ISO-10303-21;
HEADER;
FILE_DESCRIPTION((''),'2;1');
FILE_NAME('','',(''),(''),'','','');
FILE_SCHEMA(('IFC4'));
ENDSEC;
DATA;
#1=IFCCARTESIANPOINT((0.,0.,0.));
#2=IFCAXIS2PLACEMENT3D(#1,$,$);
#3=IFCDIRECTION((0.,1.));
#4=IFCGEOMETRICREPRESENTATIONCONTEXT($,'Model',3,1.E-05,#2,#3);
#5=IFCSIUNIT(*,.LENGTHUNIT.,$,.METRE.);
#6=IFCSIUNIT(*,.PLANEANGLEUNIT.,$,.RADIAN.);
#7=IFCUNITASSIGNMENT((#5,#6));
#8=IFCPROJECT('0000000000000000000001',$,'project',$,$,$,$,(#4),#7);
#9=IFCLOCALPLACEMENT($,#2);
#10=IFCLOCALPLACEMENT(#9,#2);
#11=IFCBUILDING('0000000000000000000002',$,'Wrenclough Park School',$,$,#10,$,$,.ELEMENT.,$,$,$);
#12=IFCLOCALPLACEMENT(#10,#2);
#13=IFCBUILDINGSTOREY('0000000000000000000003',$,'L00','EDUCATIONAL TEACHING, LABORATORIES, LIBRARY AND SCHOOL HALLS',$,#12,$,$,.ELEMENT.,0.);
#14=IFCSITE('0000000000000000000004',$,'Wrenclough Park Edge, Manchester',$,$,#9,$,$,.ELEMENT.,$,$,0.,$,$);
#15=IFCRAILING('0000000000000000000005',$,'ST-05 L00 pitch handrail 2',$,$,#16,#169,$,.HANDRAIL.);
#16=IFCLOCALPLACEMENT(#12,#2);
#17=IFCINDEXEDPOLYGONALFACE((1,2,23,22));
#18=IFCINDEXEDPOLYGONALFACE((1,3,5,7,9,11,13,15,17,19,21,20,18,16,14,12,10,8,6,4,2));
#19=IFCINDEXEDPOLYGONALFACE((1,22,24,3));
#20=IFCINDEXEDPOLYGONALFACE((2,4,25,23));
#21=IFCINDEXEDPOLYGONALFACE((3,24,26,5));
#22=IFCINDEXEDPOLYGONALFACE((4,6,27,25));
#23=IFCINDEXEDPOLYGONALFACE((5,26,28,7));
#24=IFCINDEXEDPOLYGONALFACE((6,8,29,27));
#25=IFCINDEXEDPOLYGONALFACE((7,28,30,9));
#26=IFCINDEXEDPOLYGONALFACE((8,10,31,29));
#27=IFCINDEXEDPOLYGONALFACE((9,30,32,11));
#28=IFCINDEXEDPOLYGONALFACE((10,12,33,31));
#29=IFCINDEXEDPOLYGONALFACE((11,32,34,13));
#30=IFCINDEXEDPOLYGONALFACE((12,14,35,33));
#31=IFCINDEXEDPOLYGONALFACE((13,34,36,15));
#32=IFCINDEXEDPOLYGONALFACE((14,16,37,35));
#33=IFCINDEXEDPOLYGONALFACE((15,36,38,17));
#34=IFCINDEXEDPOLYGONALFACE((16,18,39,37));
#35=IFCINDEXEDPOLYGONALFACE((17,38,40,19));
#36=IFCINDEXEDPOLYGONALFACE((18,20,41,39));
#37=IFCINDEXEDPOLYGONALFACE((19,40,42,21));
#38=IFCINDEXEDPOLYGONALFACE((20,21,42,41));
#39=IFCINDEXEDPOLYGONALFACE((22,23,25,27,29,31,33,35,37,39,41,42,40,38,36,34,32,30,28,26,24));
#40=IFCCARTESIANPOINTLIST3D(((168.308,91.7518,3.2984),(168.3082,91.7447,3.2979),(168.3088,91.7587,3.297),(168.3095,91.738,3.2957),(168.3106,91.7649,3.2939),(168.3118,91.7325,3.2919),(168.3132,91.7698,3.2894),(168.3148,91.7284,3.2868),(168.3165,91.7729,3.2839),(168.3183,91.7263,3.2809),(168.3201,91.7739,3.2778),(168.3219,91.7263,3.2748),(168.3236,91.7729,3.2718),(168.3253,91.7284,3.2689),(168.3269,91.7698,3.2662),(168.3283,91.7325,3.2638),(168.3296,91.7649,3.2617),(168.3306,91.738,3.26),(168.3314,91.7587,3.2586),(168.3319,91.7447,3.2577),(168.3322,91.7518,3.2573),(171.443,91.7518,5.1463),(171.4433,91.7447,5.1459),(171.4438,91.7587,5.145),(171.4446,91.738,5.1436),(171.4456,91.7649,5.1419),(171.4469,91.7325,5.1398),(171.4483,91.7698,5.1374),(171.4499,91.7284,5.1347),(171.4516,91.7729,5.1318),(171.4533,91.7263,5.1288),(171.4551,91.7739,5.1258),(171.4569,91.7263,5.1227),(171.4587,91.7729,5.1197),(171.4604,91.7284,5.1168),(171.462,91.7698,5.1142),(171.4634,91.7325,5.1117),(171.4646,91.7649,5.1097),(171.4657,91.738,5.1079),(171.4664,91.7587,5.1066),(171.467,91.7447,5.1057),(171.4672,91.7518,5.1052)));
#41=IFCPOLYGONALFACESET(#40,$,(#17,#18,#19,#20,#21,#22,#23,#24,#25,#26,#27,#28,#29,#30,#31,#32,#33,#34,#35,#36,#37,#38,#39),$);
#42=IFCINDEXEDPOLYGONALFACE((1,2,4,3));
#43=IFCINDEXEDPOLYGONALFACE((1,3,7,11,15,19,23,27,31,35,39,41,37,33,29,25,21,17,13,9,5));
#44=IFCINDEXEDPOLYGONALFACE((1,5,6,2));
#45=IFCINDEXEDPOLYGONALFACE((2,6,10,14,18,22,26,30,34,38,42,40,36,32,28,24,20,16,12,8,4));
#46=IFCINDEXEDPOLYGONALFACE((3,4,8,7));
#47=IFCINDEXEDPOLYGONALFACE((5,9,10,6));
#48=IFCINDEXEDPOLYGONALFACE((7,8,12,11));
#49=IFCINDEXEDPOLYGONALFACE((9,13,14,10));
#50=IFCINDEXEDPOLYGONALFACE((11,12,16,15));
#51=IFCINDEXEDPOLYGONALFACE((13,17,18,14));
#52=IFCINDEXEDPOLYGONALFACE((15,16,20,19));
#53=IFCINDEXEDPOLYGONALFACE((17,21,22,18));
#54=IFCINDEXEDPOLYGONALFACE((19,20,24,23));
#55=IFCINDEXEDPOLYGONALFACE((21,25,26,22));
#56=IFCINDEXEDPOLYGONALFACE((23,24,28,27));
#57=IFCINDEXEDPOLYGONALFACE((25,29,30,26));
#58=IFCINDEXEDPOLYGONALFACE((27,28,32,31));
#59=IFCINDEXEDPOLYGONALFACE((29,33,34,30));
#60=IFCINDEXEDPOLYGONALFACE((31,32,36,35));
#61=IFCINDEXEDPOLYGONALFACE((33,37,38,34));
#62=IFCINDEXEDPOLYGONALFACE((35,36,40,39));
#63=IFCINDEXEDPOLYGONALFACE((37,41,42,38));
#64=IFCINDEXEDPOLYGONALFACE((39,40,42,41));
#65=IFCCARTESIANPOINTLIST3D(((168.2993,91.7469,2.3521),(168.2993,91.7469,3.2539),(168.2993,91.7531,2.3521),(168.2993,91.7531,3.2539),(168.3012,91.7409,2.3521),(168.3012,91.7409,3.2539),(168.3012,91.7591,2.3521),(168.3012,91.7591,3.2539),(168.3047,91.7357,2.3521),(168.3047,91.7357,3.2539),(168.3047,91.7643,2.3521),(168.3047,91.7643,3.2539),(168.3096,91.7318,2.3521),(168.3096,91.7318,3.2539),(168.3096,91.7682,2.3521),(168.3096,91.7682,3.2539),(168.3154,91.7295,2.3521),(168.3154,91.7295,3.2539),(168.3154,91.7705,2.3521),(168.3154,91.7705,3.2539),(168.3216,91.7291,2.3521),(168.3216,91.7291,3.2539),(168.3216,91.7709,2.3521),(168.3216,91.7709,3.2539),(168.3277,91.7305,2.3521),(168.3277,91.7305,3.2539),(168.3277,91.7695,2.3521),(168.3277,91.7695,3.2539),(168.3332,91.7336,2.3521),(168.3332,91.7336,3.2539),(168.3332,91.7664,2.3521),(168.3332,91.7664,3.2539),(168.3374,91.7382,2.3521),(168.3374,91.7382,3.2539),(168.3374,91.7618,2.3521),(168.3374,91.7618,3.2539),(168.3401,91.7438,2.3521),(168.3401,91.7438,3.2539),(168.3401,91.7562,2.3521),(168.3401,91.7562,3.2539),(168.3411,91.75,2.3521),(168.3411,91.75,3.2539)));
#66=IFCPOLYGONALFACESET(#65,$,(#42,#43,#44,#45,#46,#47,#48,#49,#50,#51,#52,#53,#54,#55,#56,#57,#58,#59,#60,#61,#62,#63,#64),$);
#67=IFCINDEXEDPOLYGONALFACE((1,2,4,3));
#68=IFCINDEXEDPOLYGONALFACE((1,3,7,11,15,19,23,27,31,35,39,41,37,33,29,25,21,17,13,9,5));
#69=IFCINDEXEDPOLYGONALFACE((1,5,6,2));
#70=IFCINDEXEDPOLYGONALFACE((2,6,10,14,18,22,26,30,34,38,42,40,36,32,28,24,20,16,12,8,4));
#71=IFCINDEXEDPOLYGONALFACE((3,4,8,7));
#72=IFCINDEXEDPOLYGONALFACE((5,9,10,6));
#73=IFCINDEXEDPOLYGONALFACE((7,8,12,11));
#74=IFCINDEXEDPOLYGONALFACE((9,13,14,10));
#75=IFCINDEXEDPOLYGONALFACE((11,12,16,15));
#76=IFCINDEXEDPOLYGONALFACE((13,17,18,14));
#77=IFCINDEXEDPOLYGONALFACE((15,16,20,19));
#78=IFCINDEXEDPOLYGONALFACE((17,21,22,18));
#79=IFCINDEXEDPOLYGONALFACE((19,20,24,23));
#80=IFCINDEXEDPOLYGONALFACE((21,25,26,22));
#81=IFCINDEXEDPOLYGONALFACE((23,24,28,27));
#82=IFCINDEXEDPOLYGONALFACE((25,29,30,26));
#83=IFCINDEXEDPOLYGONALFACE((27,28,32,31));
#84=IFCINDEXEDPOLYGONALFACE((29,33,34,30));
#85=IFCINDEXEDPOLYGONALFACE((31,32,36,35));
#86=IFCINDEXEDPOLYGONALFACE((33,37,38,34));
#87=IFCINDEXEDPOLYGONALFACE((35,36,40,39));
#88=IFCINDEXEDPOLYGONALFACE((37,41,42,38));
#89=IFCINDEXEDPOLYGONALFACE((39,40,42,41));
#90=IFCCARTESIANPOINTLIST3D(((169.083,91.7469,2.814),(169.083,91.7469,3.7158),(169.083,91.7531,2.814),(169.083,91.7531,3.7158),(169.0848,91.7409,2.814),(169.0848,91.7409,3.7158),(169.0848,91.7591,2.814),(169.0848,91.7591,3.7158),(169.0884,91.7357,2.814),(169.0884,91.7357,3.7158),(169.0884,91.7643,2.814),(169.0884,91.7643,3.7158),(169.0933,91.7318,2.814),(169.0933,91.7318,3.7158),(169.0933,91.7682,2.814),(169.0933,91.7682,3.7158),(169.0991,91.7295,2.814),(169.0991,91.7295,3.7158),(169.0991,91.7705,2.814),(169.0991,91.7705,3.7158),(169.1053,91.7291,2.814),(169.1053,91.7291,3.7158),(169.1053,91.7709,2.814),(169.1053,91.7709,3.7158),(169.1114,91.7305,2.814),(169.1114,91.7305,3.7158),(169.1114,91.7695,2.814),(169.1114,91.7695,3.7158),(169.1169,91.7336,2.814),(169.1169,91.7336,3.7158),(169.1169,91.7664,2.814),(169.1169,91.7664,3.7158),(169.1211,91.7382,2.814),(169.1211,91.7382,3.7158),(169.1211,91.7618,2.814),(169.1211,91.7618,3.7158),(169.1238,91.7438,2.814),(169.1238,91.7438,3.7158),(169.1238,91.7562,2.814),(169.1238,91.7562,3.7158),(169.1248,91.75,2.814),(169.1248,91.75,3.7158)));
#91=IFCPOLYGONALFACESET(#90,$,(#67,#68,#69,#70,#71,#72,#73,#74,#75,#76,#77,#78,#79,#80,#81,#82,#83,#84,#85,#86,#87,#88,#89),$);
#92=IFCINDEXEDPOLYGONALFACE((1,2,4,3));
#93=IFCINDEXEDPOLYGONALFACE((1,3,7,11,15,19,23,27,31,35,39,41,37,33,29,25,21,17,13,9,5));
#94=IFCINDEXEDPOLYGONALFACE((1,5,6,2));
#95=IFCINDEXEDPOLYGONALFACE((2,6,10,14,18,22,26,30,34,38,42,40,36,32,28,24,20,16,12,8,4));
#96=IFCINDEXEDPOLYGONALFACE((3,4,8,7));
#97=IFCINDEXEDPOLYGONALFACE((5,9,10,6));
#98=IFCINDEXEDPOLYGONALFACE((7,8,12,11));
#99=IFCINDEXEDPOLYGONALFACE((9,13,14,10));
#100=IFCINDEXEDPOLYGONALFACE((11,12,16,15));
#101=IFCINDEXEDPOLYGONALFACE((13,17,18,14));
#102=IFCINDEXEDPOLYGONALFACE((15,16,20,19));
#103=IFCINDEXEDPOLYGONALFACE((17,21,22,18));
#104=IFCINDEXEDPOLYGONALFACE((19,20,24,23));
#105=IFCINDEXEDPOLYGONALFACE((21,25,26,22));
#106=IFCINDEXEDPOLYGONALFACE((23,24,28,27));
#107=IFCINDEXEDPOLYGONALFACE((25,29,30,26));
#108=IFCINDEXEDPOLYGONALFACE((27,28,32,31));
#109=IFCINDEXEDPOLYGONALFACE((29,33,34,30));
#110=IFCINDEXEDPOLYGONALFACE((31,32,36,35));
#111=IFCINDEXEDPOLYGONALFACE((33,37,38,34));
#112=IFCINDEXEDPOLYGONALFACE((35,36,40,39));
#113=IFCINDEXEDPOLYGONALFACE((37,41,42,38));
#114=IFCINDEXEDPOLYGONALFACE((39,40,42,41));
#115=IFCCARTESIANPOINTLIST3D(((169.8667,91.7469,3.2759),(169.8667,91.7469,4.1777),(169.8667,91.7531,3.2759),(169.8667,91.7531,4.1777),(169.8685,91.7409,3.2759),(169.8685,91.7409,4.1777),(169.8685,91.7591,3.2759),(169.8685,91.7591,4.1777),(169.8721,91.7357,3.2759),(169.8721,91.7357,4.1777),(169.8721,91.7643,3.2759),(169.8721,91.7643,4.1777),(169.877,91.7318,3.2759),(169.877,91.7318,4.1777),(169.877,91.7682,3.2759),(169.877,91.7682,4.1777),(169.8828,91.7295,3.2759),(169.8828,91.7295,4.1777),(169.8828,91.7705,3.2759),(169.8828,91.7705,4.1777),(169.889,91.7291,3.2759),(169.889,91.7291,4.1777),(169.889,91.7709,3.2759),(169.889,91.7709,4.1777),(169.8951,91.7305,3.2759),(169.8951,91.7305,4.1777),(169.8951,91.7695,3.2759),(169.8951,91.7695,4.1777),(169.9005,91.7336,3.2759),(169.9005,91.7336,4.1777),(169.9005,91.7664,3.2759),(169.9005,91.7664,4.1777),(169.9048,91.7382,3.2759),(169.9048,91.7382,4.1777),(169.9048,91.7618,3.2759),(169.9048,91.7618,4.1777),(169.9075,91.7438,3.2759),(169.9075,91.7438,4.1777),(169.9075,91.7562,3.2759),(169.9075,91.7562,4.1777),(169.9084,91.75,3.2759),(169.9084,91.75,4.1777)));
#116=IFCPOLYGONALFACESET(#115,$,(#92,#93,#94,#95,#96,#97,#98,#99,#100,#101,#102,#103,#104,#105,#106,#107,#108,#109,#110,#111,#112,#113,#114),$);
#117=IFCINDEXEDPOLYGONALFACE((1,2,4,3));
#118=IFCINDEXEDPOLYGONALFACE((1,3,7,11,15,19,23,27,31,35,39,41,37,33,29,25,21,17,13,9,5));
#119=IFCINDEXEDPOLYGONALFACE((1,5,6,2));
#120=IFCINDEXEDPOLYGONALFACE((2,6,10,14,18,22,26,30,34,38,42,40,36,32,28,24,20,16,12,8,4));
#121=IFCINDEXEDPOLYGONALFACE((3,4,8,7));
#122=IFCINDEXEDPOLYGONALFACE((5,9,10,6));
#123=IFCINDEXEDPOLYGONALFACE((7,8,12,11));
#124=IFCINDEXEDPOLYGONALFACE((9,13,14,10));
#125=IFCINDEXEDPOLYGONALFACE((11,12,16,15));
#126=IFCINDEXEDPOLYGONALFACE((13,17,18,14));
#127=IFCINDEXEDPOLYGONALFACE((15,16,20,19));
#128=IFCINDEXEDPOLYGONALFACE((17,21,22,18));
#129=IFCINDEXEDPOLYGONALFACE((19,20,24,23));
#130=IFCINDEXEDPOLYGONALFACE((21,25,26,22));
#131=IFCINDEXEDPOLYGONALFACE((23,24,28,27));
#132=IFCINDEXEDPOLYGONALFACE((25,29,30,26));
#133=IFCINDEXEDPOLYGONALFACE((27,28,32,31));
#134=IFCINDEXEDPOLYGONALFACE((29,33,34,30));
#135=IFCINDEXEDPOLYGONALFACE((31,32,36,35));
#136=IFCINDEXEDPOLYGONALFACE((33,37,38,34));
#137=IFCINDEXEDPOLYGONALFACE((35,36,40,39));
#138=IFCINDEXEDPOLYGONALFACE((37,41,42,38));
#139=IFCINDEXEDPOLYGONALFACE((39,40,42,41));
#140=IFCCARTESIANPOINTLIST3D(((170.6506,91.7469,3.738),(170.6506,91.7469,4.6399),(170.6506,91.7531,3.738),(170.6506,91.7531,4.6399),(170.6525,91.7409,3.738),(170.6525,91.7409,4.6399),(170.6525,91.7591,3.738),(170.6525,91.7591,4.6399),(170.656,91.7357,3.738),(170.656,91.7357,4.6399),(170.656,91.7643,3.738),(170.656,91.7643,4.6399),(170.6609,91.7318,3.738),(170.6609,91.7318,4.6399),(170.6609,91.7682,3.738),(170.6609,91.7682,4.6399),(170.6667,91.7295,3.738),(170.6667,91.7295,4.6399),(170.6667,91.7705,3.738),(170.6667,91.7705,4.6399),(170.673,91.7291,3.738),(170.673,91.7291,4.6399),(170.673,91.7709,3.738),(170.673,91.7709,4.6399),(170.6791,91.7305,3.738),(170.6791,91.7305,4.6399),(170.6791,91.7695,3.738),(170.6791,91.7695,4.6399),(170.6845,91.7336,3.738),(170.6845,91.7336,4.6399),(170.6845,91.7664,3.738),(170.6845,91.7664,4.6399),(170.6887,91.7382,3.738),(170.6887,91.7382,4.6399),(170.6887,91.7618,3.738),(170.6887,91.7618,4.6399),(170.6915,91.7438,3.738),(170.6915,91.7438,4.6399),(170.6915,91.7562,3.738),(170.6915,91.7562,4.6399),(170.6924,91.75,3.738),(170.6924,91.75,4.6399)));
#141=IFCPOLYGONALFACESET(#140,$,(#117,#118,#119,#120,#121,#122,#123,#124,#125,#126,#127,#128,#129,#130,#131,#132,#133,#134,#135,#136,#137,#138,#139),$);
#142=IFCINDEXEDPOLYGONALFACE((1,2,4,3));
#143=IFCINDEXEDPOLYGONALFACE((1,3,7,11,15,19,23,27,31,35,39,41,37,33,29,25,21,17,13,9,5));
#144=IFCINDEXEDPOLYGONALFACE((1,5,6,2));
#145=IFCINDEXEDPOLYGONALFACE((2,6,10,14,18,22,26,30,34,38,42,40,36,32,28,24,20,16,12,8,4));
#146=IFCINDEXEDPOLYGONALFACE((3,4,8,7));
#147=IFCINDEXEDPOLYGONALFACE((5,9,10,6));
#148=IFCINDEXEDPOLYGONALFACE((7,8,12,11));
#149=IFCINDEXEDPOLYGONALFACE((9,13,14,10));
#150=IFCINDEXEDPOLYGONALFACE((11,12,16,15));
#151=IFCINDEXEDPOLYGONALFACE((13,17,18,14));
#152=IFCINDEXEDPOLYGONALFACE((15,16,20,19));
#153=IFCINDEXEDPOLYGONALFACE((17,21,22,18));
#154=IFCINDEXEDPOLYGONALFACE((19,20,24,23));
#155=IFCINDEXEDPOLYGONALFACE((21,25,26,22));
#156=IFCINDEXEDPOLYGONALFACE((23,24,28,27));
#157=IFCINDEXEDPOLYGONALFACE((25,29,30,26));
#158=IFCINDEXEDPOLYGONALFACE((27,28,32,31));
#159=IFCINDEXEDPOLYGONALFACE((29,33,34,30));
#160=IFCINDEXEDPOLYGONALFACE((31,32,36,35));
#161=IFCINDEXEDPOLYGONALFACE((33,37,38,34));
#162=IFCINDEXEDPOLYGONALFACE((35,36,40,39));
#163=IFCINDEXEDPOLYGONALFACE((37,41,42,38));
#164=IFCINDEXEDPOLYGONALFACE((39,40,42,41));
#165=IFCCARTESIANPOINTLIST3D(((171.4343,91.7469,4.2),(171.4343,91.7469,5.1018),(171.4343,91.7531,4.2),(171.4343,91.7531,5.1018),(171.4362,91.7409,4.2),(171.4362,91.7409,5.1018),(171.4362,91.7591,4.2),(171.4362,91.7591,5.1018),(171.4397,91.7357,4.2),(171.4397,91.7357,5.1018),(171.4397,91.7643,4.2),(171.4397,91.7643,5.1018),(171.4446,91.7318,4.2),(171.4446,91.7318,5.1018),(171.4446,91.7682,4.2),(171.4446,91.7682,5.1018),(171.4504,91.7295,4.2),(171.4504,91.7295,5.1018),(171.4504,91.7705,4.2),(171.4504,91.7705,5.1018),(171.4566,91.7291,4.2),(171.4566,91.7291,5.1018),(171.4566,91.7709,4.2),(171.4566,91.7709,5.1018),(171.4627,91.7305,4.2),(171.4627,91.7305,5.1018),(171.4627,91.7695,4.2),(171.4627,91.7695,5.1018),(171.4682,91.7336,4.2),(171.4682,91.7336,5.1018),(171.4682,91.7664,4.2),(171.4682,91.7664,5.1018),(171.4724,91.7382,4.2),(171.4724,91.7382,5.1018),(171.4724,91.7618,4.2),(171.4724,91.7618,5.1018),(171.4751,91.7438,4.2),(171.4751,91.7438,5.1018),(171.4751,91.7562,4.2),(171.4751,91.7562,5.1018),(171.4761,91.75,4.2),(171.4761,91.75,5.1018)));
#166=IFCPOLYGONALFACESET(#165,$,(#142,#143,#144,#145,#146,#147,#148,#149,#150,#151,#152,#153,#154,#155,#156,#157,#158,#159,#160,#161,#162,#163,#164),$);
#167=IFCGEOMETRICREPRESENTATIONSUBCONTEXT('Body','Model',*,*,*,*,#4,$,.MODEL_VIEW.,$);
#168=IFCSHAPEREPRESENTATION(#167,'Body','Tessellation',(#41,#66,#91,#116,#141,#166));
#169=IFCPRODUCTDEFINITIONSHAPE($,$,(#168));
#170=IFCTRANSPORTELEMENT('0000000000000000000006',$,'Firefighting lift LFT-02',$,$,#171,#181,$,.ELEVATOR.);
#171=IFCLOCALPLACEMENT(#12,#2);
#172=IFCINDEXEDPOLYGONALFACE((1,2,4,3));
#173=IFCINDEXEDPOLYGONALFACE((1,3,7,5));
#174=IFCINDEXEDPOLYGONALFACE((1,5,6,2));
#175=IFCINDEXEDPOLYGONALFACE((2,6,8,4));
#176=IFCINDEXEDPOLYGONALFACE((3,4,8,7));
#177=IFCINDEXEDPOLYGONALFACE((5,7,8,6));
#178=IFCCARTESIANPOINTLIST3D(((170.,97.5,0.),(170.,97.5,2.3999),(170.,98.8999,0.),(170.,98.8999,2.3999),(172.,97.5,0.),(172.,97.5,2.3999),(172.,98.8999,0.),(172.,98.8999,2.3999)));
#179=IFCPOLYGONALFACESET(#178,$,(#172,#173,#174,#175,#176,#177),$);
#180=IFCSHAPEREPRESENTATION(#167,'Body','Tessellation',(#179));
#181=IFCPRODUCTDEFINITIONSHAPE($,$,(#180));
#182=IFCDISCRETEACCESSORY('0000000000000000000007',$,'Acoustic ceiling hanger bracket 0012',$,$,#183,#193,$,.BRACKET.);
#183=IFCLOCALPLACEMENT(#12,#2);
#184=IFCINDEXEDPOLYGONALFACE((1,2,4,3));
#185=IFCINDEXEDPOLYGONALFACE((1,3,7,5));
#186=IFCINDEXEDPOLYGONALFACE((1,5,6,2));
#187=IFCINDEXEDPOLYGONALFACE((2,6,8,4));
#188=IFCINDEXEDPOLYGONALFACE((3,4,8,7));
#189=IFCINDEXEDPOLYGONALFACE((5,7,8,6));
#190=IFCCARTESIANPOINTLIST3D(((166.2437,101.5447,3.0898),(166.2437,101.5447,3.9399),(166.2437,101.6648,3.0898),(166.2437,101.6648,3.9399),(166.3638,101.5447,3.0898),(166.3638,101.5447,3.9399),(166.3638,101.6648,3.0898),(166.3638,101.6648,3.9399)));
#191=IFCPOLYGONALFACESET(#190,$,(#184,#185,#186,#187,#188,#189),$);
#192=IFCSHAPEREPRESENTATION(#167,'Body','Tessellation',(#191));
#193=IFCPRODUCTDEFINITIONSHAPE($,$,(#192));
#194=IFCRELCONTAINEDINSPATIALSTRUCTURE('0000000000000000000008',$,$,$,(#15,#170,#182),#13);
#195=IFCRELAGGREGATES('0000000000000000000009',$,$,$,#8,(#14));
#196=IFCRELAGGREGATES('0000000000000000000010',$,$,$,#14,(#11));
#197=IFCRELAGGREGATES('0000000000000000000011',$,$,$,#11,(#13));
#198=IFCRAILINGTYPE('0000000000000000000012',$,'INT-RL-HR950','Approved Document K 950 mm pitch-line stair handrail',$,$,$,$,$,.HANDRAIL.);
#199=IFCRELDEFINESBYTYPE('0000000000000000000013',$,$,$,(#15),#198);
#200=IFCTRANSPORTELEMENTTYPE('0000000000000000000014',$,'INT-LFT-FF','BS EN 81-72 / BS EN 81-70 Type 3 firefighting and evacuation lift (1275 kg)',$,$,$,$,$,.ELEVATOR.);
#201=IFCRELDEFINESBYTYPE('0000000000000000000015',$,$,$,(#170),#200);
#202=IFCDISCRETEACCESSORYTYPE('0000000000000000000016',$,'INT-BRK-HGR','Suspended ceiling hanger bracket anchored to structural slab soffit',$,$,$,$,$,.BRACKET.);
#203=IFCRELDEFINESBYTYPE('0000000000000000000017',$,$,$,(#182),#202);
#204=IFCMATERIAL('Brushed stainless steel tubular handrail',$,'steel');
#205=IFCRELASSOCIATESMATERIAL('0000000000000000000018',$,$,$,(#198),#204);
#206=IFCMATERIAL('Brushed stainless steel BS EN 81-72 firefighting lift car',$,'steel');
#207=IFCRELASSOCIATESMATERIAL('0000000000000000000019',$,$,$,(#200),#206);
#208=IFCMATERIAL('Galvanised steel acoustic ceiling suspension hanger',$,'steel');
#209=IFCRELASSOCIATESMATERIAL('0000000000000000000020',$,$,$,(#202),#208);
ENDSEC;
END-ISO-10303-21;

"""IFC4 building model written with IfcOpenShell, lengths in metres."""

from ifc_helpers import new_model, si_unit, direction, frame, origin, origin_2d, place, context, subcontext, project, spatial, rectangle, circle, extrude, material, type_object, element, save


model = new_model("IFC4")

# Units and contexts
model_context = context("Model", 3, precision=1e-05, world=origin(), true_north=direction((0.0, 1.0)))
body_context = subcontext(model_context, "Body", "Model", "MODEL_VIEW")
ifc_project = project(units=[si_unit("LENGTHUNIT", "METRE"), si_unit("PLANEANGLEUNIT", "RADIAN")], contexts=[model_context])

# Site, building, storey
site_placement = place(None, origin())
site = spatial("IfcSite", under=ifc_project, at=site_placement, Name="Wrenclough Park Edge, Manchester", CompositionType="ELEMENT", RefElevation=0.0)
building_placement = place(site_placement, origin())
building = spatial("IfcBuilding", under=site, at=building_placement, Name="Wrenclough Park School", CompositionType="ELEMENT")
storey_placement = place(building_placement, origin())
storey = spatial("IfcBuildingStorey", under=building, at=storey_placement, Name="L00", Description="EDUCATIONAL TEACHING, LABORATORIES, LIBRARY AND SCHOOL HALLS", CompositionType="ELEMENT", Elevation=0.0)

# Railing
ifc_material_1 = material(Name="Brushed stainless steel tubular handrail", Category="steel")
railing_type_1 = type_object("IfcRailingType", Name="INT-RL-HR950", Description="Approved Document K 950 mm pitch-line stair handrail", PredefinedType="HANDRAIL", material=ifc_material_1)
railing_1_placement = place(storey_placement, frame((168.3201, 91.75, 2.3521)))
element("IfcRailing", 1, at=railing_1_placement, inside=storey, type_object=railing_type_1, Name="ST-05 L00 pitch handrail 2", PredefinedType="HANDRAIL", context=body_context, shape_type="SweptSolid", body=[
    extrude(circle(Radius=0.0239, at=origin_2d()), frame((0.0, 0.0, 0.9258), z_axis=(0.86148, 0.0, 0.507791), x_axis=(0.0, 1.0, 0.0)), (0.0, 0.0, 1.0), 3.6392),
    extrude(circle(Radius=0.021, at=origin_2d()), origin(), (0.0, 0.0, 1.0), 0.9019),
    extrude(circle(Radius=0.021, at=origin_2d()), frame((0.7837, 0.0, 0.4619)), (0.0, 0.0, 1.0), 0.9019),
    extrude(circle(Radius=0.021, at=origin_2d()), frame((1.5674, 0.0, 0.9238)), (0.0, 0.0, 1.0), 0.9019),
    extrude(circle(Radius=0.021, at=origin_2d()), frame((2.3513, 0.0, 1.386)), (0.0, 0.0, 1.0), 0.9019),
    extrude(circle(Radius=0.021, at=origin_2d()), frame((3.135, 0.0, 1.8479)), (0.0, 0.0, 1.0), 0.9019),
])

# Transport element
ifc_material_2 = material(Name="Brushed stainless steel BS EN 81-72 firefighting lift car", Category="steel")
transport_element_type = type_object("IfcTransportElementType", Name="INT-LFT-FF", Description="BS EN 81-72 / BS EN 81-70 Type 3 firefighting and evacuation lift (1275 kg)", PredefinedType="ELEVATOR", material=ifc_material_2)
transport_element_placement = place(storey_placement, frame((171.0, 98.2, 0.0), z_axis=(0.0, 0.0, 1.0), x_axis=(1.0, 0.0, 0.0)))
element("IfcTransportElement", 2, at=transport_element_placement, inside=storey, type_object=transport_element_type, Name="Firefighting lift LFT-02", PredefinedType="ELEVATOR", context=body_context, shape_type="SweptSolid", body=[
    extrude(rectangle(XDim=2.0, YDim=1.3999, at=origin_2d()), origin(), (0.0, 0.0, 1.0), 2.3999),
])

# Discrete accessory
ifc_material_3 = material(Name="Galvanised steel acoustic ceiling suspension hanger", Category="steel")
discrete_accessory_type = type_object("IfcDiscreteAccessoryType", Name="INT-BRK-HGR", Description="Suspended ceiling hanger bracket anchored to structural slab soffit", PredefinedType="BRACKET", material=ifc_material_3)
discrete_accessory_placement = place(storey_placement, frame((166.3037, 101.6047, 3.0898), z_axis=(0.0, 0.0, 1.0), x_axis=(1.0, 0.0, 0.0)))
element("IfcDiscreteAccessory", 3, at=discrete_accessory_placement, inside=storey, type_object=discrete_accessory_type, Name="Acoustic ceiling hanger bracket 0012", PredefinedType="BRACKET", context=body_context, shape_type="SweptSolid", body=[
    extrude(rectangle(XDim=0.1201, YDim=0.1201, at=origin_2d()), origin(), (0.0, 0.0, 1.0), 0.8501),
])

save(model, "model.ifc")
